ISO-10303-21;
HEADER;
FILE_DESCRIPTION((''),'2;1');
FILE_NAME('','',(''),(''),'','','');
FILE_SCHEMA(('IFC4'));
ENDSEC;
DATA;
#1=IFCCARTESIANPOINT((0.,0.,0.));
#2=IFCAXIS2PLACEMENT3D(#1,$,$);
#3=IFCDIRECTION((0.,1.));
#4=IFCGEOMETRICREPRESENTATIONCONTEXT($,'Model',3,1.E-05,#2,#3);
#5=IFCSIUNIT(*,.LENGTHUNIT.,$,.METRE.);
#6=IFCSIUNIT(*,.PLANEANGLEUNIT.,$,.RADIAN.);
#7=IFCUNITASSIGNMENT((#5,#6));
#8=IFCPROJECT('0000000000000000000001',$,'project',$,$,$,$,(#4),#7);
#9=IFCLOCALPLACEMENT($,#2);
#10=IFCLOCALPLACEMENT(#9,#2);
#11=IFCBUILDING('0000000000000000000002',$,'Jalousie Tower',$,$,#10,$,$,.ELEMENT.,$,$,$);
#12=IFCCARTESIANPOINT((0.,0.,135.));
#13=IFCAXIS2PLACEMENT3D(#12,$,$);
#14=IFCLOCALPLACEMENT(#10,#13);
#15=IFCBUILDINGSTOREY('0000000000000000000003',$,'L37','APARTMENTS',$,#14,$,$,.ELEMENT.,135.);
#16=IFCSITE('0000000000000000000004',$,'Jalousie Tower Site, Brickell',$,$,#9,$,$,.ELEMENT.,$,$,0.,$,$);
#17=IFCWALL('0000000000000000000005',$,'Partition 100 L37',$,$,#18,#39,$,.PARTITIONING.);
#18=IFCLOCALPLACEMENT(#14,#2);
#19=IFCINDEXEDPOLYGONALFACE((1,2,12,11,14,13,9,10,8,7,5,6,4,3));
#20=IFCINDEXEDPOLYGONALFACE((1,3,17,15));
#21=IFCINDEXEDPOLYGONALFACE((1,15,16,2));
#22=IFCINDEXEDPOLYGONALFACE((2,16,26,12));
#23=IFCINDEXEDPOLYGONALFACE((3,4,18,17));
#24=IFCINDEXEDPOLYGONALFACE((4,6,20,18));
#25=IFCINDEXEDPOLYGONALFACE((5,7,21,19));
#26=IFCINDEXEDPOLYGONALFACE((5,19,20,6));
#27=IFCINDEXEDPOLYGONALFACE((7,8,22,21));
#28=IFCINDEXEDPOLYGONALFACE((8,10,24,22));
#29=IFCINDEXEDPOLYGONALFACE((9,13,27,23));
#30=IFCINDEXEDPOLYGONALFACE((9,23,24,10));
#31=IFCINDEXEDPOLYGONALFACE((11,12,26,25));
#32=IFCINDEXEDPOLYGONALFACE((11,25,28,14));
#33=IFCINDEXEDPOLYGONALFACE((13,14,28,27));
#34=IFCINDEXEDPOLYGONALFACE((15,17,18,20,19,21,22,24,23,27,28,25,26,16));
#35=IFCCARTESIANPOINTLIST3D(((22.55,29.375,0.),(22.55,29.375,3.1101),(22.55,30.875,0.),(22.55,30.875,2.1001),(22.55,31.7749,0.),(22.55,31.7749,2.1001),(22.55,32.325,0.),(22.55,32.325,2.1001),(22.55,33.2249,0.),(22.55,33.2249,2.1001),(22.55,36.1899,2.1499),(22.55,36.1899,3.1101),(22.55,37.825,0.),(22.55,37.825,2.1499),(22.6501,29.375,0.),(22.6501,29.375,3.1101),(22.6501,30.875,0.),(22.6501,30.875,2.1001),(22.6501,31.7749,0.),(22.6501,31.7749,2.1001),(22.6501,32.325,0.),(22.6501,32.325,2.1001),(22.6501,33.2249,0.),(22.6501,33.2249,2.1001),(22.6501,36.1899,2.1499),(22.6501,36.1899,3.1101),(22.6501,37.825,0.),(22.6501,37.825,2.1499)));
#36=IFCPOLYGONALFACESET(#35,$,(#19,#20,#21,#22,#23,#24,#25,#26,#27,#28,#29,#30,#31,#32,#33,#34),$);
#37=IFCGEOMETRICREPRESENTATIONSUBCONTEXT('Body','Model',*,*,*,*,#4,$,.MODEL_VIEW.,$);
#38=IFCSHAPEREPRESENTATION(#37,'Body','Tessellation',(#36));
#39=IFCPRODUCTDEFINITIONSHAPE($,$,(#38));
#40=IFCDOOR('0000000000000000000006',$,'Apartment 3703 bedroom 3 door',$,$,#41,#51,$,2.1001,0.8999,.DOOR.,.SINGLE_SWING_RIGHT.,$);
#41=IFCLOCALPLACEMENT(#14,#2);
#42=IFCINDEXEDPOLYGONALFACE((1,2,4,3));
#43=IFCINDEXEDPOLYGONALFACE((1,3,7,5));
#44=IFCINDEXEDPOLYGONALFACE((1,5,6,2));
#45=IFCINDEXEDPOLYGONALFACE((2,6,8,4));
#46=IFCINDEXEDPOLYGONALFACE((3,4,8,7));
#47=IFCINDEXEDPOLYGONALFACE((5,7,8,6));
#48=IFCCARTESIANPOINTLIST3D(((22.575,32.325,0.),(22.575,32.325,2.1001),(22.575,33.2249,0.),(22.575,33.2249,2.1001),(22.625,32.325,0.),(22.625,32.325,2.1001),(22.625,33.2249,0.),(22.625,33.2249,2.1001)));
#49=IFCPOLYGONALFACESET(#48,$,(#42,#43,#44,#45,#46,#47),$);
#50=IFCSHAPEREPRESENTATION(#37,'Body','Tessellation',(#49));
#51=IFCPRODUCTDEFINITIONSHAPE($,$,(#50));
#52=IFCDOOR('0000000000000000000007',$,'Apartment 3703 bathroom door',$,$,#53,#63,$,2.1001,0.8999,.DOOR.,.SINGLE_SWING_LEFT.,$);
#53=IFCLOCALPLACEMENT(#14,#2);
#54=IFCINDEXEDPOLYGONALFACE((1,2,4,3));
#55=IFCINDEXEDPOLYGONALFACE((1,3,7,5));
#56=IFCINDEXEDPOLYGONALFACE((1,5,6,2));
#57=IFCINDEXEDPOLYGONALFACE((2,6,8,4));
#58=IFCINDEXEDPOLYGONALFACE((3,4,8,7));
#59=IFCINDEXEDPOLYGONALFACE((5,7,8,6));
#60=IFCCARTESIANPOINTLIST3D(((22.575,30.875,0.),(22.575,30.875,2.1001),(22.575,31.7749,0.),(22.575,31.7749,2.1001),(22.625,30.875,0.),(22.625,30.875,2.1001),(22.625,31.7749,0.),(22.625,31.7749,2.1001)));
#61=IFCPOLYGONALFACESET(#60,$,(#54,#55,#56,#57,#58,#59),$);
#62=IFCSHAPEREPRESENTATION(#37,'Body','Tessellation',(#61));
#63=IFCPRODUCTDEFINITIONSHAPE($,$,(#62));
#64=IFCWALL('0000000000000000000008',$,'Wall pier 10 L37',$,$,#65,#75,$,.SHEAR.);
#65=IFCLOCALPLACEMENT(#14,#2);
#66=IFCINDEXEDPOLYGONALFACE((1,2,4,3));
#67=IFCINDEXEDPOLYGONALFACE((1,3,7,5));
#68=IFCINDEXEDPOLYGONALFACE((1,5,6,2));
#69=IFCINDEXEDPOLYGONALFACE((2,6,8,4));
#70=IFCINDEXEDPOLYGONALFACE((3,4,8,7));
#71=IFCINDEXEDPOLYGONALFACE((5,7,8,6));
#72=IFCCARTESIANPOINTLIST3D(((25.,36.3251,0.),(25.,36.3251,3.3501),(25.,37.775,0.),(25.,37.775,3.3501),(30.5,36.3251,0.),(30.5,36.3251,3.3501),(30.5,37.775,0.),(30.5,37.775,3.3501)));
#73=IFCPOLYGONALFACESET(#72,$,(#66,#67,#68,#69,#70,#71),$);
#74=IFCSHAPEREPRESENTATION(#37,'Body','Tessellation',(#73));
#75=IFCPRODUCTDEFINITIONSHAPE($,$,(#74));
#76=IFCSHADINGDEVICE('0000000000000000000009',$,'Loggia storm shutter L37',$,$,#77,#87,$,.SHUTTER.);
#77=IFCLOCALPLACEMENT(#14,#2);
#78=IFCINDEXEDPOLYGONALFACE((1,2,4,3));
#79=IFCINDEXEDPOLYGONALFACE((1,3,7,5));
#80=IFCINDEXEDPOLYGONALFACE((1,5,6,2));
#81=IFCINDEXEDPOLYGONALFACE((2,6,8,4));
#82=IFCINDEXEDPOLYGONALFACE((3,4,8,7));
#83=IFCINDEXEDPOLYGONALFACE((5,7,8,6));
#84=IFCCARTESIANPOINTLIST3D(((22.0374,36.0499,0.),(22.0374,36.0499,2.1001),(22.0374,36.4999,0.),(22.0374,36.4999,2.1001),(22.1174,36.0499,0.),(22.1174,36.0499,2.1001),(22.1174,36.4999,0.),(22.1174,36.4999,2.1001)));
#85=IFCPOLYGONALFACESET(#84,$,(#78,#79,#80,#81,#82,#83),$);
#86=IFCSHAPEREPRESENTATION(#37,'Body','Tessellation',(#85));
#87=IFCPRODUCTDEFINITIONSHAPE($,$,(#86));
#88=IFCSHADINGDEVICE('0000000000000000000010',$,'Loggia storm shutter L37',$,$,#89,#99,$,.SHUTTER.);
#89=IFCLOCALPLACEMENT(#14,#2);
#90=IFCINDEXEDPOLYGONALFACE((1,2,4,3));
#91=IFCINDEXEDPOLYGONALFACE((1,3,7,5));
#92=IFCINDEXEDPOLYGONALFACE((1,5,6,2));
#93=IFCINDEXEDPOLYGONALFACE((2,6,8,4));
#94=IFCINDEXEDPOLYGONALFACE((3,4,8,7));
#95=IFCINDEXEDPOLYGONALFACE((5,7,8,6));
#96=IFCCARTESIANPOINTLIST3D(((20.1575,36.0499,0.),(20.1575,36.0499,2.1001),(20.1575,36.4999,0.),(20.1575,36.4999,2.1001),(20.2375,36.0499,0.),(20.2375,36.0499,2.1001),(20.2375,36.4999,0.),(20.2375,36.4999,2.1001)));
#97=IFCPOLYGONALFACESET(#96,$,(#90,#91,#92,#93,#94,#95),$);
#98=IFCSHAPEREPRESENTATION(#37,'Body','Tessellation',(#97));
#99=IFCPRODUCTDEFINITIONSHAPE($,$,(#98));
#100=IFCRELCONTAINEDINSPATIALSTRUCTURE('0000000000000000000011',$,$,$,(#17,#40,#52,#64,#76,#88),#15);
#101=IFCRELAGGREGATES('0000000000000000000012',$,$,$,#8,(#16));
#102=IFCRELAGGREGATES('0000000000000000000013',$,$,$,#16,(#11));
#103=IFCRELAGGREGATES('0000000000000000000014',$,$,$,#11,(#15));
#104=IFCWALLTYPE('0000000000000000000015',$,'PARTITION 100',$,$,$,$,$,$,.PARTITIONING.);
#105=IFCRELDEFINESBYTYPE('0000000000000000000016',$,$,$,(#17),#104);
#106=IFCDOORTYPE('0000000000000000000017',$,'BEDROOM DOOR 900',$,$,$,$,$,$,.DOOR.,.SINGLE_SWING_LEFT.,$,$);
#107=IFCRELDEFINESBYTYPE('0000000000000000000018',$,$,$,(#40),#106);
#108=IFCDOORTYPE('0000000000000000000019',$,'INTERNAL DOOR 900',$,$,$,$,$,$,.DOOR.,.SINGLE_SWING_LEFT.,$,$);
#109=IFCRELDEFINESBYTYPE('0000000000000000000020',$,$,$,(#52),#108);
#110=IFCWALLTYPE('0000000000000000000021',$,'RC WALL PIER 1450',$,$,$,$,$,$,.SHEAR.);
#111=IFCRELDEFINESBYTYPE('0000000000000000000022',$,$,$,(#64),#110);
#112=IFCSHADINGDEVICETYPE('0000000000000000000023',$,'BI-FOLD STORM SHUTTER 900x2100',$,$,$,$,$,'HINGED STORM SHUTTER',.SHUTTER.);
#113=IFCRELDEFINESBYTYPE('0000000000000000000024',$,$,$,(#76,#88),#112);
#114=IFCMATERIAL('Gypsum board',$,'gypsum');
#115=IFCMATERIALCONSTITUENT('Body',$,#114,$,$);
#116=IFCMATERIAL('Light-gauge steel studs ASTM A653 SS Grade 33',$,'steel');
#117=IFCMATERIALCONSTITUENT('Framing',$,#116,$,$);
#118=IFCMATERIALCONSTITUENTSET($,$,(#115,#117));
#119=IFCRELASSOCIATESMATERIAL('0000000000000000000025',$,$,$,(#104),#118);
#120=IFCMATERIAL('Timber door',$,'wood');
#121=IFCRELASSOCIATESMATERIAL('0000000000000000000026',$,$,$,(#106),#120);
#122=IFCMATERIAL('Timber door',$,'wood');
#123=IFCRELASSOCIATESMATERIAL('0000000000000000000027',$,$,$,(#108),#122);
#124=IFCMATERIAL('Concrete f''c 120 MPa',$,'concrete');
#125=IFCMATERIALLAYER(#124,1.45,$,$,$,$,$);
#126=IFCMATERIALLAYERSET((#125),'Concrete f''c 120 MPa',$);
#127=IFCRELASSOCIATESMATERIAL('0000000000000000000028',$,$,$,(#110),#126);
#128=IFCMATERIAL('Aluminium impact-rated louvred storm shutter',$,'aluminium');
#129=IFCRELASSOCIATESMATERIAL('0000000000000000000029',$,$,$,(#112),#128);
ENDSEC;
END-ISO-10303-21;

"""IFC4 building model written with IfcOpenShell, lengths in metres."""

from ifc_helpers import new_model, si_unit, direction, frame, frame_2d, origin, origin_2d, place, context, subcontext, project, spatial, polyline, rectangle, outline, extrude, material, layer, layer_set, constituent, constituent_set, type_object, element, fill, save


model = new_model("IFC4")

# Units and contexts
model_context = context("Model", 3, precision=1e-05, world=origin(), true_north=direction((0.0, 1.0)))
body_context = subcontext(model_context, "Body", "Model", "MODEL_VIEW")
ifc_project = project(units=[si_unit("LENGTHUNIT", "METRE"), si_unit("PLANEANGLEUNIT", "RADIAN")], contexts=[model_context])

# Site, building, storey
site_placement = place(None, origin())
site = spatial("IfcSite", under=ifc_project, at=site_placement, Name="Jalousie Tower Site, Brickell", CompositionType="ELEMENT", RefElevation=0.0)
building_placement = place(site_placement, origin())
building = spatial("IfcBuilding", under=site, at=building_placement, Name="Jalousie Tower", CompositionType="ELEMENT")
storey_placement = place(building_placement, frame((0.0, 0.0, 135.0)))
storey = spatial("IfcBuildingStorey", under=building, at=storey_placement, Name="L37", Description="APARTMENTS", CompositionType="ELEMENT", Elevation=135.0)

# Wall, openings, doors
ifc_material_1 = material(Name="Gypsum board", Category="gypsum")
ifc_constituent_1 = constituent(ifc_material_1, Name="Body")
ifc_material_2 = material(Name="Light-gauge steel studs ASTM A653 SS Grade 33", Category="steel")
ifc_constituent_2 = constituent(ifc_material_2, Name="Framing")
ifc_constituent_set_1 = constituent_set(constituents=[ifc_constituent_1, ifc_constituent_2])
wall_type_1 = type_object("IfcWallType", Name="PARTITION 100", PredefinedType="PARTITIONING", material=ifc_constituent_set_1)
wall_1_placement = place(storey_placement, frame((22.6001, 37.825, 0.0), z_axis=(0.0, 0.0, 1.0), x_axis=(0.0, -1.0, 0.0)))
wall_1 = element("IfcWall", 1, at=wall_1_placement, inside=storey, type_object=wall_type_1, Name="Partition 100 L37", PredefinedType="PARTITIONING", context=body_context, shape_type="SweptSolid", body=[
    extrude(outline(polyline([(0.0, 0.0), (8.45, 0.0), (8.45, 3.1101), (1.635, 3.1101), (1.635, 2.1499), (0.0, 2.1499), (0.0, 3.1101), (0.0, 0.0)])), frame((0.0, 0.05, 0.0), z_axis=(0.0, -1.0, 0.0), x_axis=(1.0, 0.0, 0.0)), (0.0, 0.0, 1.0), 0.1001),
])
opening_1_placement = place(wall_1_placement, frame((4.6001, 0.0, 0.0)))
opening_1 = element("IfcOpeningElement", 2, at=opening_1_placement, cuts=wall_1, PredefinedType="OPENING", context=body_context, shape_type="SweptSolid", body=[
    extrude(rectangle(XDim=0.8999, YDim=2.1001, at=frame_2d((0.45, 1.05))), frame((0.0, 0.0601, 0.0), z_axis=(0.0, -1.0, 0.0), x_axis=(1.0, 0.0, 0.0)), (0.0, 0.0, 1.0), 0.1201),
])
opening_2_placement = place(wall_1_placement, frame((6.05, 0.0, 0.0)))
opening_2 = element("IfcOpeningElement", 3, at=opening_2_placement, cuts=wall_1, PredefinedType="OPENING", context=body_context, shape_type="SweptSolid", body=[
    extrude(rectangle(XDim=0.8999, YDim=2.1001, at=frame_2d((0.45, 1.05))), frame((0.0, 0.0601, 0.0), z_axis=(0.0, -1.0, 0.0), x_axis=(1.0, 0.0, 0.0)), (0.0, 0.0, 1.0), 0.1201),
])
ifc_material_3 = material(Name="Timber door", Category="wood")
door_type_1 = type_object("IfcDoorType", Name="BEDROOM DOOR 900", OperationType="SINGLE_SWING_LEFT", PredefinedType="DOOR", material=ifc_material_3)
door_1_placement = place(opening_1_placement, origin())
door_1 = element("IfcDoor", 4, at=door_1_placement, inside=storey, type_object=door_type_1, Name="Apartment 3703 bedroom 3 door", OperationType="SINGLE_SWING_RIGHT", OverallHeight=2.1001, OverallWidth=0.8999, PredefinedType="DOOR", context=body_context, shape_type="SweptSolid", body=[
    extrude(rectangle(XDim=0.8999, YDim=2.1001, at=frame_2d((0.45, 1.05))), frame((0.0, 0.0249, 0.0), z_axis=(0.0, -1.0, 0.0), x_axis=(1.0, 0.0, 0.0)), (0.0, 0.0, 1.0), 0.05),
])
fill(opening_1, door_1)
ifc_material_4 = material(Name="Timber door", Category="wood")
door_type_2 = type_object("IfcDoorType", Name="INTERNAL DOOR 900", OperationType="SINGLE_SWING_LEFT", PredefinedType="DOOR", material=ifc_material_4)
door_2_placement = place(opening_2_placement, origin())
door_2 = element("IfcDoor", 5, at=door_2_placement, inside=storey, type_object=door_type_2, Name="Apartment 3703 bathroom door", OperationType="SINGLE_SWING_LEFT", OverallHeight=2.1001, OverallWidth=0.8999, PredefinedType="DOOR", context=body_context, shape_type="SweptSolid", body=[
    extrude(rectangle(XDim=0.8999, YDim=2.1001, at=frame_2d((0.45, 1.05))), frame((0.0, 0.0249, 0.0), z_axis=(0.0, -1.0, 0.0), x_axis=(1.0, 0.0, 0.0)), (0.0, 0.0, 1.0), 0.05),
])
fill(opening_2, door_2)

# Wall
ifc_material_5 = material(Name="Concrete f'c 120 MPa", Category="concrete")
ifc_layer_1 = layer(ifc_material_5, 1.45)
ifc_layer_set_1 = layer_set([ifc_layer_1], Name="Concrete f'c 120 MPa")
wall_type_2 = type_object("IfcWallType", Name="RC WALL PIER 1450", PredefinedType="SHEAR", material=ifc_layer_set_1)
wall_2_placement = place(storey_placement, frame((25.0, 37.05, 0.0), z_axis=(0.0, 0.0, 1.0), x_axis=(1.0, 0.0, 0.0)))
element("IfcWall", 6, at=wall_2_placement, inside=storey, type_object=wall_type_2, Name="Wall pier 10 L37", PredefinedType="SHEAR", context=body_context, shape_type="SweptSolid", body=[
    extrude(rectangle(XDim=5.5, YDim=1.45, at=frame_2d((2.75, 0.0))), origin(), (0.0, 0.0, 1.0), 3.3501),
])

# Shading devices
ifc_material_6 = material(Name="Aluminium impact-rated louvred storm shutter", Category="aluminium")
shading_device_type_1 = type_object("IfcShadingDeviceType", Name="BI-FOLD STORM SHUTTER 900x2100", ElementType="HINGED STORM SHUTTER", PredefinedType="SHUTTER", material=ifc_material_6)
for number, where, z_axis, x_axis, name in (
    (7, (22.0774, 36.2749, 0.0), (0.0, 0.0, 1.0), (0.0, -1.0, 0.0), "Loggia storm shutter L37"),
    (8, (20.1975, 36.2749, 0.0), (0.0, 0.0, 1.0), (0.0, -1.0, 0.0), "Loggia storm shutter L37"),
):
    element("IfcShadingDevice", number, at=place(storey_placement, frame(where, z_axis=z_axis, x_axis=x_axis)), inside=storey, type_object=shading_device_type_1, Name=name, PredefinedType="SHUTTER", context=body_context, shape_type="SweptSolid", body=[
        extrude(rectangle(XDim=0.45, YDim=0.0801, at=origin_2d()), origin(), (0.0, 0.0, 1.0), 2.1001),
    ])

save(model, "model.ifc")
